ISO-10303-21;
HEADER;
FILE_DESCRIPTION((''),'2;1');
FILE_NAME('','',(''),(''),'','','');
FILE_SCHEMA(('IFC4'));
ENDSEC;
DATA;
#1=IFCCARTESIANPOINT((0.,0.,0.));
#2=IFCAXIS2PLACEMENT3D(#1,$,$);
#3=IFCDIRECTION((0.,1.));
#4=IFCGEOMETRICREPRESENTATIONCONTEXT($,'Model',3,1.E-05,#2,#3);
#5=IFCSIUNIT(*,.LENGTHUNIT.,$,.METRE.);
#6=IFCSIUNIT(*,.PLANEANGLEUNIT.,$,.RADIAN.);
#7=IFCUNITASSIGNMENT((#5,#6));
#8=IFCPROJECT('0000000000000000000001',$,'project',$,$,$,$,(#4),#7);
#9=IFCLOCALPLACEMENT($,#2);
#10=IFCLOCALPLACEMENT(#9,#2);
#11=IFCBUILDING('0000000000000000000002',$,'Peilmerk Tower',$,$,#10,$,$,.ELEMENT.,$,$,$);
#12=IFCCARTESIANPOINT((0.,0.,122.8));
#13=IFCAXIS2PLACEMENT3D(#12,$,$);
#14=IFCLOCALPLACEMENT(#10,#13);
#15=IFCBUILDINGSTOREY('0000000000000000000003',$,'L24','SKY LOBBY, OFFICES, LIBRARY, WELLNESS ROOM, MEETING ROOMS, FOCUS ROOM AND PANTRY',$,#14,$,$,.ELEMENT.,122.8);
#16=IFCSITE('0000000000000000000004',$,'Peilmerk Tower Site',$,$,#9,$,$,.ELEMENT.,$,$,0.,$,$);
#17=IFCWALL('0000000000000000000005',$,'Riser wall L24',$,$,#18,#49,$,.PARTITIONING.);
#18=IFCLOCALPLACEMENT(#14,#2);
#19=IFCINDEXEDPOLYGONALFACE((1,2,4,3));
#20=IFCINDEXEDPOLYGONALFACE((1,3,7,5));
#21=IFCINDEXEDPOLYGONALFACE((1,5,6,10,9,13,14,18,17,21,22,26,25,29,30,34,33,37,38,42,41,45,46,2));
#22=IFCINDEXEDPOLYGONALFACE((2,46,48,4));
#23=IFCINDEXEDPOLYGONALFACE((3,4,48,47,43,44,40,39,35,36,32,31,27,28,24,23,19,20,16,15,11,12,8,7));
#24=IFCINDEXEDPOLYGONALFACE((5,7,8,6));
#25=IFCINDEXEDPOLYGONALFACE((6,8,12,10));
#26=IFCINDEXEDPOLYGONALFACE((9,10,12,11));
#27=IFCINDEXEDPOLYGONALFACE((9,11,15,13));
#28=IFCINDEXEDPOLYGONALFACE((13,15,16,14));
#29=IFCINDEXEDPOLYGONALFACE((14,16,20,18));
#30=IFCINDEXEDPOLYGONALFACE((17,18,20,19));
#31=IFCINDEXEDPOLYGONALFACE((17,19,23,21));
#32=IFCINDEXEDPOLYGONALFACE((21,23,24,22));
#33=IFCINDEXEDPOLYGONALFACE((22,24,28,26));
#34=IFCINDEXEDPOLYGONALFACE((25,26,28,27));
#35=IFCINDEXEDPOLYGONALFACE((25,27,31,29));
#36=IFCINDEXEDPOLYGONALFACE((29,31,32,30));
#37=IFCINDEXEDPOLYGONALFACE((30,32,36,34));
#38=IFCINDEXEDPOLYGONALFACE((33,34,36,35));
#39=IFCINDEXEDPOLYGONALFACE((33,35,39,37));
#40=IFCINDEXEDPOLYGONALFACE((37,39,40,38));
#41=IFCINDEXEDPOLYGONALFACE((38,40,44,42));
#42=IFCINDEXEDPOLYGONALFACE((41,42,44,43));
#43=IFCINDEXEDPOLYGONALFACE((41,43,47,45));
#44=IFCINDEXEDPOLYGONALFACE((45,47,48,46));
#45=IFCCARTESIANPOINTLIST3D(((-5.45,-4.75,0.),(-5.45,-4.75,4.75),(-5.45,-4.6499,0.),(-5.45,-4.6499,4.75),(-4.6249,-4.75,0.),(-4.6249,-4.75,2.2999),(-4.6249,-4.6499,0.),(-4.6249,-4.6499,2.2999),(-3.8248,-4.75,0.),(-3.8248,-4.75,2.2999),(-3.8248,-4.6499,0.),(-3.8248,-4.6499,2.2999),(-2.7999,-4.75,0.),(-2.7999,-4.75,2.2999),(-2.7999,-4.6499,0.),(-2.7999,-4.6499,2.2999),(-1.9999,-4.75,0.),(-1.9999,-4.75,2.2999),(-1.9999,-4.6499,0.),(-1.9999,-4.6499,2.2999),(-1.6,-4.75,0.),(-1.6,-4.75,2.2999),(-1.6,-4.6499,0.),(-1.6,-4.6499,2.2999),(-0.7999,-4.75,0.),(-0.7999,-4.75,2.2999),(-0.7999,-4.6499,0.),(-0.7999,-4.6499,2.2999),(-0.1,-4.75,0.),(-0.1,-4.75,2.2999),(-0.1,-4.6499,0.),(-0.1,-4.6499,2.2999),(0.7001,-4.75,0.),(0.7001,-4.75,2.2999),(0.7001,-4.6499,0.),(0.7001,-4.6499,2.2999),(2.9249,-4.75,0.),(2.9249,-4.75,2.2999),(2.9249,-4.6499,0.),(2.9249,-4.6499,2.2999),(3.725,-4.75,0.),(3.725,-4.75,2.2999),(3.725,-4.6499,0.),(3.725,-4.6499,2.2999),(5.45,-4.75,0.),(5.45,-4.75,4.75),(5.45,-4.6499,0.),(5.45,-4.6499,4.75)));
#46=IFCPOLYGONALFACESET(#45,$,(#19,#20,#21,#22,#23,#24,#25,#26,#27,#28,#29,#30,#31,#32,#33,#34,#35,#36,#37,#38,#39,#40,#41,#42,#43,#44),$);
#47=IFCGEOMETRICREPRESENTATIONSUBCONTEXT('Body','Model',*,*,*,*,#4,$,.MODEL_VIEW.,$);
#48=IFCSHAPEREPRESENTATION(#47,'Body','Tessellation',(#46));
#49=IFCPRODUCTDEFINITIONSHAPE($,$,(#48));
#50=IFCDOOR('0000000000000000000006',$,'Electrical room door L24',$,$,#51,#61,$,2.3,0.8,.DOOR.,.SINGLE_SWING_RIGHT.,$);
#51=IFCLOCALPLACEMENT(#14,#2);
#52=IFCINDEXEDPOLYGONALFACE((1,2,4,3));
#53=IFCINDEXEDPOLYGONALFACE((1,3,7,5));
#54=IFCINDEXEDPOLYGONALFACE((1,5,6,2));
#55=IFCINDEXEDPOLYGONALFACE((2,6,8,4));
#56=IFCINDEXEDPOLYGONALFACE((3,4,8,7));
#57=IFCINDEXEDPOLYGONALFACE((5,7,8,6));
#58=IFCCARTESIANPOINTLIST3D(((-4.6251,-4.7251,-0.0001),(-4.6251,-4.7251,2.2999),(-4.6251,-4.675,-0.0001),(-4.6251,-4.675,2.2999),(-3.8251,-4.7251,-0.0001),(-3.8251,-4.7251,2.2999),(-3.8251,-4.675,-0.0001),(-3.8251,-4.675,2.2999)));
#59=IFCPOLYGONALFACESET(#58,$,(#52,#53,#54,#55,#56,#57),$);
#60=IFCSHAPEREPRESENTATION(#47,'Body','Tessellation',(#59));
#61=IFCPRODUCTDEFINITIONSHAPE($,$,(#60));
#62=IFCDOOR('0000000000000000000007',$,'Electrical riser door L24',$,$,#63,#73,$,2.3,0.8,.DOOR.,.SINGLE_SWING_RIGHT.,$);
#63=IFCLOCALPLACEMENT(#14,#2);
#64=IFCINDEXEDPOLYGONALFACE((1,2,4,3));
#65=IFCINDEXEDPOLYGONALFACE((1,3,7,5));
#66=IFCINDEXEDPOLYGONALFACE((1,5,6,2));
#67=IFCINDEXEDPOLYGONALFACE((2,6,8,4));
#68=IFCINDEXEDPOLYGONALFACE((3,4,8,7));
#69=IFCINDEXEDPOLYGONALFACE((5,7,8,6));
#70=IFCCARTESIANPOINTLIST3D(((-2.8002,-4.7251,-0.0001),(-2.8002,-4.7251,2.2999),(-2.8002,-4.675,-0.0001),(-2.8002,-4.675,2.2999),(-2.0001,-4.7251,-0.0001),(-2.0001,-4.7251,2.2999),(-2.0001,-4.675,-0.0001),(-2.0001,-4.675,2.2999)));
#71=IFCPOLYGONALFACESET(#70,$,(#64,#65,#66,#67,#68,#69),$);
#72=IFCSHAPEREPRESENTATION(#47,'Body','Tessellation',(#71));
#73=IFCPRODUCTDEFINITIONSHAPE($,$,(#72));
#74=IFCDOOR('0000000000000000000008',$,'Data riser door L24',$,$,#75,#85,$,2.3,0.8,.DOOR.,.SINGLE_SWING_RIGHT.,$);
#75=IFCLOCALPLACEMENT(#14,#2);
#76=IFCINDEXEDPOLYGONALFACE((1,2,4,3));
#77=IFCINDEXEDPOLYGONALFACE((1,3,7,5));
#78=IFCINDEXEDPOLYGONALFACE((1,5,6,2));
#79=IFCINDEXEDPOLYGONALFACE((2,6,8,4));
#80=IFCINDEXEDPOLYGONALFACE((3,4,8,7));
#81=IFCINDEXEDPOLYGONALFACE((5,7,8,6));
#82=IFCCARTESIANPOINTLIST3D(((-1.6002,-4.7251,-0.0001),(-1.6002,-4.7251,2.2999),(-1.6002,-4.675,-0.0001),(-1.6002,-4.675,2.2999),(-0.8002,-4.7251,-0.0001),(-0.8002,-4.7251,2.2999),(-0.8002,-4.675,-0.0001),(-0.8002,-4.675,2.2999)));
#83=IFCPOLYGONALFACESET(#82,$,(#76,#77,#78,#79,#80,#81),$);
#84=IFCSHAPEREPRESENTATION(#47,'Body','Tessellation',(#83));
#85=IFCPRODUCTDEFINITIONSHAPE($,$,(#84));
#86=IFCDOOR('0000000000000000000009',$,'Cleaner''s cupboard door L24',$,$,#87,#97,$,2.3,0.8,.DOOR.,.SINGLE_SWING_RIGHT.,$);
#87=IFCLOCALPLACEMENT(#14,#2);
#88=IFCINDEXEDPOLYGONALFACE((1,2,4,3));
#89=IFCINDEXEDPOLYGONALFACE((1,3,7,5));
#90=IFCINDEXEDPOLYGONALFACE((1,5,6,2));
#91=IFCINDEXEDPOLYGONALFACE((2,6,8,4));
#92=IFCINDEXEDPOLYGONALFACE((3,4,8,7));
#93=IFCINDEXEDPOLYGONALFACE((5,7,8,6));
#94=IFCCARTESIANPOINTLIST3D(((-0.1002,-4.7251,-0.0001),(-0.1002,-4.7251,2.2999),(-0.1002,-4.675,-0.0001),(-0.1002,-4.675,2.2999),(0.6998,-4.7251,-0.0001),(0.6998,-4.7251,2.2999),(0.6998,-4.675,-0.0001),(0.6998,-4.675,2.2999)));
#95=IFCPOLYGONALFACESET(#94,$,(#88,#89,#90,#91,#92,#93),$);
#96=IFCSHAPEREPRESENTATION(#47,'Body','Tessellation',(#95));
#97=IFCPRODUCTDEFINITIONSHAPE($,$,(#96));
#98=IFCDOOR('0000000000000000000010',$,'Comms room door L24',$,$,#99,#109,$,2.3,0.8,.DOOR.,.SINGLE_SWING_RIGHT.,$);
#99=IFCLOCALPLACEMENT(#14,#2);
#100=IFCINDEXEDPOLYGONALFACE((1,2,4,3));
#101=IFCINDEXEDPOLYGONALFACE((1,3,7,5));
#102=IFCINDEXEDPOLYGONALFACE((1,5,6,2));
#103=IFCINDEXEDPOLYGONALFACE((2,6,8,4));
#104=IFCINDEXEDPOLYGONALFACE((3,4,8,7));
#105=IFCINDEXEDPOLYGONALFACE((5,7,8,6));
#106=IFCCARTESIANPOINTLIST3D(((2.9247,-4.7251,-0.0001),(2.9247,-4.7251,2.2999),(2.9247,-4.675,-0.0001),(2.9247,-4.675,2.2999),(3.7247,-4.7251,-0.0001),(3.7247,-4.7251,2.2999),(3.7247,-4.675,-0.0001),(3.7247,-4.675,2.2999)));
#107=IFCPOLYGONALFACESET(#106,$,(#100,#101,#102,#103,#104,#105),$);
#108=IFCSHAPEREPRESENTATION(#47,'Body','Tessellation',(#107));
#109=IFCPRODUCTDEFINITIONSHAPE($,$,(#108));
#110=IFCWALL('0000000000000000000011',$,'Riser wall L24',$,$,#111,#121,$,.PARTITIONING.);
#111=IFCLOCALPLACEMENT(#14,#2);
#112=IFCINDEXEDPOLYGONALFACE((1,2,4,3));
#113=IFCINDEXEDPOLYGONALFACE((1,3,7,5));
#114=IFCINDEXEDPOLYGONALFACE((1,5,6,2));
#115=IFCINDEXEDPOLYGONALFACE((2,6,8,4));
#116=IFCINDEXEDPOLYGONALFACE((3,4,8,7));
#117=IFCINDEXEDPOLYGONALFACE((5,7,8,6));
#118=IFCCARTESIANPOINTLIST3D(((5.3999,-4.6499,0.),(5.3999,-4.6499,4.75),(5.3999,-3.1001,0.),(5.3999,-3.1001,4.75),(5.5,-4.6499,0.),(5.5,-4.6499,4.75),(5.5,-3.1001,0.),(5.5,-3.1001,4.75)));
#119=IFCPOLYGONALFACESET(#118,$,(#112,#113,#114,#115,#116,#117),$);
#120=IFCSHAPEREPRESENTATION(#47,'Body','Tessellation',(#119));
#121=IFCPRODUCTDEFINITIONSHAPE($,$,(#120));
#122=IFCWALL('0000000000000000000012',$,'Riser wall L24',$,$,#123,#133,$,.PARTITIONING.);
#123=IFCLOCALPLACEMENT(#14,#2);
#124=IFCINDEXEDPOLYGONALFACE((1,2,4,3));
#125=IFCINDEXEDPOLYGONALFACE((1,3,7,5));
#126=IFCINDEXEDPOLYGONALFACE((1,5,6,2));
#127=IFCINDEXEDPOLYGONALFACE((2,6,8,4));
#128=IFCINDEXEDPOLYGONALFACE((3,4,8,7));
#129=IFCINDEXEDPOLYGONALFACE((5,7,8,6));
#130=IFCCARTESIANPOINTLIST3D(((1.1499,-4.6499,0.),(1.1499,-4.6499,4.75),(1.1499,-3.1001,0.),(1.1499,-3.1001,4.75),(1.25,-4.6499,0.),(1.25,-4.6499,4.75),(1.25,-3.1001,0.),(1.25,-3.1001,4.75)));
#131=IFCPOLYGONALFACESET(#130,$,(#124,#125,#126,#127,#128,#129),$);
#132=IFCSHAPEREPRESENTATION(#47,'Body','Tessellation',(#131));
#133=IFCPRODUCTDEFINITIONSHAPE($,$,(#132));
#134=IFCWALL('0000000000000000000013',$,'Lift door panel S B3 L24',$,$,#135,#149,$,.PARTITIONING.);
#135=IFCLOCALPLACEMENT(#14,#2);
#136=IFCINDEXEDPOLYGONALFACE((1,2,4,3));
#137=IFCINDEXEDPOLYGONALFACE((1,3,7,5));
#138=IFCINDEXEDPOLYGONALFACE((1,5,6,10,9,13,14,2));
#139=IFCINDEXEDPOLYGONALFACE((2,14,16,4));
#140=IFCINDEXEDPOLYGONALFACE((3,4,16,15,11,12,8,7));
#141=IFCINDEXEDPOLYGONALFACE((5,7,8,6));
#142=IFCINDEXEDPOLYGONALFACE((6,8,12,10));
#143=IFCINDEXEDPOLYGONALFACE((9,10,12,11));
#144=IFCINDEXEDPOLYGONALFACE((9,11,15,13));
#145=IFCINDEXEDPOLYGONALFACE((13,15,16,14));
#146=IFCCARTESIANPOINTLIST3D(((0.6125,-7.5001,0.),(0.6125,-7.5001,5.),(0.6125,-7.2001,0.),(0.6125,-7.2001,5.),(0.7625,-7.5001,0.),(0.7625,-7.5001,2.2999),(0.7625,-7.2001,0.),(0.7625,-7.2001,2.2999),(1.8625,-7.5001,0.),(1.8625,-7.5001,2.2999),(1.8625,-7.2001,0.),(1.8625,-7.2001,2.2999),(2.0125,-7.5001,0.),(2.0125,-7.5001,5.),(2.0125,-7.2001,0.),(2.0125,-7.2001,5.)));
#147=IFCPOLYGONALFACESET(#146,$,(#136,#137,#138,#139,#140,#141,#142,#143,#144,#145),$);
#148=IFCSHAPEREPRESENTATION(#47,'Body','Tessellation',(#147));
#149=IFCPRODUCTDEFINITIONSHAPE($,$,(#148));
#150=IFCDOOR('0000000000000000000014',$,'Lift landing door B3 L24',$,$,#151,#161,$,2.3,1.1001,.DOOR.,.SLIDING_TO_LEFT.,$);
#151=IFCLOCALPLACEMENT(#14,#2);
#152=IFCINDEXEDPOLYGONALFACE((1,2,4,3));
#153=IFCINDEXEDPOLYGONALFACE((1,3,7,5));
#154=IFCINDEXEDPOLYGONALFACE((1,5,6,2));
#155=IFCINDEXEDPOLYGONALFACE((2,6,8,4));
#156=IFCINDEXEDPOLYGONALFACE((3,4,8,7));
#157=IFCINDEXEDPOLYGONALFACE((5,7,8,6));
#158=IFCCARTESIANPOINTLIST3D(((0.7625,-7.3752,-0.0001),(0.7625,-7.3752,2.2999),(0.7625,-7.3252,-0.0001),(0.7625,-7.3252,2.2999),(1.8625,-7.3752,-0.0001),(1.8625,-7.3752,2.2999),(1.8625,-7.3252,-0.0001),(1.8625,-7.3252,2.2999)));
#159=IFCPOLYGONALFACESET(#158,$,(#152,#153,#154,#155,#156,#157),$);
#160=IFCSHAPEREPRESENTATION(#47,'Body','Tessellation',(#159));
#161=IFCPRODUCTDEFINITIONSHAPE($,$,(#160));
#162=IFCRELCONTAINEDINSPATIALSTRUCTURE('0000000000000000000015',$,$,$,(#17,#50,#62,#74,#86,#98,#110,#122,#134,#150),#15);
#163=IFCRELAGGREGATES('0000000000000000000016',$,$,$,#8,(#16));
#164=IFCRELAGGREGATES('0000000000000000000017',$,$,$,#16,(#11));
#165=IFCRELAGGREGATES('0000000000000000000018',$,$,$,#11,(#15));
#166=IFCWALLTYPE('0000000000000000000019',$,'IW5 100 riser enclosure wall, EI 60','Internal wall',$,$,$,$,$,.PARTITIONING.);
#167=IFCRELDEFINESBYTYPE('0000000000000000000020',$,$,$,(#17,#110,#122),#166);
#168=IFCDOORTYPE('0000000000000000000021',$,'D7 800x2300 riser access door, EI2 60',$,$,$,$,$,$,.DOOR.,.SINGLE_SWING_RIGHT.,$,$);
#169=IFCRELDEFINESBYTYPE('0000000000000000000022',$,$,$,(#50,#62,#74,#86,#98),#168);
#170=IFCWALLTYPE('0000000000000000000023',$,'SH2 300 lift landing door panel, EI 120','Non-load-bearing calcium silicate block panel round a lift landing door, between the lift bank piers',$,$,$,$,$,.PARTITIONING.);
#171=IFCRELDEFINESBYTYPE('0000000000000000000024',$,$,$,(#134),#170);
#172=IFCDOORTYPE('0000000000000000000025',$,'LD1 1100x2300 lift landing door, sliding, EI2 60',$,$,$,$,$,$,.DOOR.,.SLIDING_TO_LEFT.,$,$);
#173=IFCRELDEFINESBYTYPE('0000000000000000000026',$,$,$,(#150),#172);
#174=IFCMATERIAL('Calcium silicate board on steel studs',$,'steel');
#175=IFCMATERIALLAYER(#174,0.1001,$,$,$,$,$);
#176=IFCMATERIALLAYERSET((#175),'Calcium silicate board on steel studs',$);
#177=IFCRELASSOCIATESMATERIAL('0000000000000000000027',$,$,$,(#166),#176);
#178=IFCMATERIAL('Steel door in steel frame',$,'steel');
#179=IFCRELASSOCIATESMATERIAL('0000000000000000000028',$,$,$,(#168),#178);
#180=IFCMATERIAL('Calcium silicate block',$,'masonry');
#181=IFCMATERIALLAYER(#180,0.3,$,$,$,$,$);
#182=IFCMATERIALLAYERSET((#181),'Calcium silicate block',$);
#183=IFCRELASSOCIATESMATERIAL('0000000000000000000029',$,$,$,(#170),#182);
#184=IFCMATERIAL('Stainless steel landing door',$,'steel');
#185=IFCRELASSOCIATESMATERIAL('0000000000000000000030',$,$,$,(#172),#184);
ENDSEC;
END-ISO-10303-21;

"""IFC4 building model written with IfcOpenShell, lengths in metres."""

from ifc_helpers import new_model, si_unit, direction, frame, frame_2d, origin, place, context, subcontext, project, spatial, rectangle, extrude, material, layer, layer_set, type_object, element, fill, save


model = new_model("IFC4")

# Units and contexts
model_context = context("Model", 3, precision=1e-05, world=origin(), true_north=direction((0.0, 1.0)))
body_context = subcontext(model_context, "Body", "Model", "MODEL_VIEW")
ifc_project = project(units=[si_unit("LENGTHUNIT", "METRE"), si_unit("PLANEANGLEUNIT", "RADIAN")], contexts=[model_context])

# Site, building, storey
site_placement = place(None, origin())
site = spatial("IfcSite", under=ifc_project, at=site_placement, Name="Peilmerk Tower Site", CompositionType="ELEMENT", RefElevation=0.0)
building_placement = place(site_placement, origin())
building = spatial("IfcBuilding", under=site, at=building_placement, Name="Peilmerk Tower", CompositionType="ELEMENT")
storey_placement = place(building_placement, frame((0.0, 0.0, 122.8)))
storey = spatial("IfcBuildingStorey", under=building, at=storey_placement, Name="L24", Description="SKY LOBBY, OFFICES, LIBRARY, WELLNESS ROOM, MEETING ROOMS, FOCUS ROOM AND PANTRY", CompositionType="ELEMENT", Elevation=122.8)

# Shared definitions
ifc_material_1 = material(Name="Calcium silicate board on steel studs", Category="steel")
ifc_layer_1 = layer(ifc_material_1, 0.1001)
ifc_layer_set_1 = layer_set([ifc_layer_1], Name="Calcium silicate board on steel studs")
wall_type_1 = type_object("IfcWallType", Name="IW5 100 riser enclosure wall, EI 60", Description="Internal wall", PredefinedType="PARTITIONING", material=ifc_layer_set_1)

# Wall, openings, doors
wall_1_placement = place(storey_placement, frame((5.45, -4.7, 0.0), z_axis=(0.0, 0.0, 1.0), x_axis=(-1.0, 0.0, 0.0)))
wall_1 = element("IfcWall", 1, at=wall_1_placement, inside=storey, type_object=wall_type_1, Name="Riser wall L24", PredefinedType="PARTITIONING", context=body_context, shape_type="SweptSolid", body=[
    extrude(rectangle(XDim=10.8999, YDim=0.1001, at=frame_2d((5.45, 0.0))), origin(), (0.0, 0.0, 1.0), 4.75),
])
opening_1_placement = place(wall_1_placement, frame((9.2749, 0.0, 0.0)))
opening_1 = element("IfcOpeningElement", 2, at=opening_1_placement, cuts=wall_1, PredefinedType="OPENING", context=body_context, shape_type="SweptSolid", body=[
    extrude(rectangle(XDim=0.8, YDim=2.3, at=frame_2d((0.3999, 1.1499))), frame((0.0, 0.0601, 0.0), z_axis=(0.0, -1.0, 0.0), x_axis=(1.0, 0.0, 0.0)), (0.0, 0.0, 1.0), 0.1201),
])
opening_2_placement = place(wall_1_placement, frame((7.45, 0.0, 0.0)))
opening_2 = element("IfcOpeningElement", 3, at=opening_2_placement, cuts=wall_1, PredefinedType="OPENING", context=body_context, shape_type="SweptSolid", body=[
    extrude(rectangle(XDim=0.8, YDim=2.3, at=frame_2d((0.3999, 1.1499))), frame((0.0, 0.0601, 0.0), z_axis=(0.0, -1.0, 0.0), x_axis=(1.0, 0.0, 0.0)), (0.0, 0.0, 1.0), 0.1201),
])
opening_3_placement = place(wall_1_placement, frame((6.25, 0.0, 0.0)))
opening_3 = element("IfcOpeningElement", 4, at=opening_3_placement, cuts=wall_1, PredefinedType="OPENING", context=body_context, shape_type="SweptSolid", body=[
    extrude(rectangle(XDim=0.8, YDim=2.3, at=frame_2d((0.3999, 1.1499))), frame((0.0, 0.0601, 0.0), z_axis=(0.0, -1.0, 0.0), x_axis=(1.0, 0.0, 0.0)), (0.0, 0.0, 1.0), 0.1201),
])
opening_4_placement = place(wall_1_placement, frame((4.75, 0.0, 0.0)))
opening_4 = element("IfcOpeningElement", 5, at=opening_4_placement, cuts=wall_1, PredefinedType="OPENING", context=body_context, shape_type="SweptSolid", body=[
    extrude(rectangle(XDim=0.8, YDim=2.3, at=frame_2d((0.3999, 1.1499))), frame((0.0, 0.0601, 0.0), z_axis=(0.0, -1.0, 0.0), x_axis=(1.0, 0.0, 0.0)), (0.0, 0.0, 1.0), 0.1201),
])
opening_5_placement = place(wall_1_placement, frame((1.7251, 0.0, 0.0)))
opening_5 = element("IfcOpeningElement", 6, at=opening_5_placement, cuts=wall_1, PredefinedType="OPENING", context=body_context, shape_type="SweptSolid", body=[
    extrude(rectangle(XDim=0.8, YDim=2.3, at=frame_2d((0.3999, 1.1499))), frame((0.0, 0.0601, 0.0), z_axis=(0.0, -1.0, 0.0), x_axis=(1.0, 0.0, 0.0)), (0.0, 0.0, 1.0), 0.1201),
])
ifc_material_2 = material(Name="Steel door in steel frame", Category="steel")
door_type_1 = type_object("IfcDoorType", Name="D7 800x2300 riser access door, EI2 60", OperationType="SINGLE_SWING_RIGHT", PredefinedType="DOOR", material=ifc_material_2)
door_1_placement = place(opening_1_placement, frame((0.8, 0.0, 0.0), z_axis=(0.0, 0.0, 1.0), x_axis=(-1.0, 0.0, 0.0)))
door_1 = element("IfcDoor", 7, at=door_1_placement, inside=storey, type_object=door_type_1, Name="Electrical room door L24", OperationType="SINGLE_SWING_RIGHT", OverallHeight=2.3, OverallWidth=0.8, PredefinedType="DOOR", context=body_context, shape_type="SweptSolid", body=[
    extrude(rectangle(XDim=0.8, YDim=2.3, at=frame_2d((0.3999, 1.1499))), frame((0.0, 0.0249, 0.0), z_axis=(0.0, -1.0, 0.0), x_axis=(1.0, 0.0, 0.0)), (0.0, 0.0, 1.0), 0.05),
])
fill(opening_1, door_1)
door_2_placement = place(opening_2_placement, frame((0.8, 0.0, 0.0), z_axis=(0.0, 0.0, 1.0), x_axis=(-1.0, 0.0, 0.0)))
door_2 = element("IfcDoor", 8, at=door_2_placement, inside=storey, type_object=door_type_1, Name="Electrical riser door L24", OperationType="SINGLE_SWING_RIGHT", OverallHeight=2.3, OverallWidth=0.8, PredefinedType="DOOR", context=body_context, shape_type="SweptSolid", body=[
    extrude(rectangle(XDim=0.8, YDim=2.3, at=frame_2d((0.3999, 1.1499))), frame((0.0, 0.0249, 0.0), z_axis=(0.0, -1.0, 0.0), x_axis=(1.0, 0.0, 0.0)), (0.0, 0.0, 1.0), 0.05),
])
fill(opening_2, door_2)
door_3_placement = place(opening_3_placement, frame((0.8, 0.0, 0.0), z_axis=(0.0, 0.0, 1.0), x_axis=(-1.0, 0.0, 0.0)))
door_3 = element("IfcDoor", 9, at=door_3_placement, inside=storey, type_object=door_type_1, Name="Data riser door L24", OperationType="SINGLE_SWING_RIGHT", OverallHeight=2.3, OverallWidth=0.8, PredefinedType="DOOR", context=body_context, shape_type="SweptSolid", body=[
    extrude(rectangle(XDim=0.8, YDim=2.3, at=frame_2d((0.3999, 1.1499))), frame((0.0, 0.0249, 0.0), z_axis=(0.0, -1.0, 0.0), x_axis=(1.0, 0.0, 0.0)), (0.0, 0.0, 1.0), 0.05),
])
fill(opening_3, door_3)
door_4_placement = place(opening_4_placement, frame((0.8, 0.0, 0.0), z_axis=(0.0, 0.0, 1.0), x_axis=(-1.0, 0.0, 0.0)))
door_4 = element("IfcDoor", 10, at=door_4_placement, inside=storey, type_object=door_type_1, Name="Cleaner's cupboard door L24", OperationType="SINGLE_SWING_RIGHT", OverallHeight=2.3, OverallWidth=0.8, PredefinedType="DOOR", context=body_context, shape_type="SweptSolid", body=[
    extrude(rectangle(XDim=0.8, YDim=2.3, at=frame_2d((0.3999, 1.1499))), frame((0.0, 0.0249, 0.0), z_axis=(0.0, -1.0, 0.0), x_axis=(1.0, 0.0, 0.0)), (0.0, 0.0, 1.0), 0.05),
])
fill(opening_4, door_4)
door_5_placement = place(opening_5_placement, frame((0.8, 0.0, 0.0), z_axis=(0.0, 0.0, 1.0), x_axis=(-1.0, 0.0, 0.0)))
door_5 = element("IfcDoor", 11, at=door_5_placement, inside=storey, type_object=door_type_1, Name="Comms room door L24", OperationType="SINGLE_SWING_RIGHT", OverallHeight=2.3, OverallWidth=0.8, PredefinedType="DOOR", context=body_context, shape_type="SweptSolid", body=[
    extrude(rectangle(XDim=0.8, YDim=2.3, at=frame_2d((0.3999, 1.1499))), frame((0.0, 0.0249, 0.0), z_axis=(0.0, -1.0, 0.0), x_axis=(1.0, 0.0, 0.0)), (0.0, 0.0, 1.0), 0.05),
])
fill(opening_5, door_5)

# Walls
for number, where, z_axis, x_axis, name in (
    (12, (5.45, -3.1001, 0.0), (0.0, 0.0, 1.0), (0.0, -1.0, 0.0), "Riser wall L24"),
    (13, (1.2, -3.1001, 0.0), (0.0, 0.0, 1.0), (0.0, -1.0, 0.0), "Riser wall L24"),
):
    element("IfcWall", number, at=place(storey_placement, frame(where, z_axis=z_axis, x_axis=x_axis)), inside=storey, type_object=wall_type_1, Name=name, PredefinedType="PARTITIONING", context=body_context, shape_type="SweptSolid", body=[
        extrude(rectangle(XDim=1.5498, YDim=0.1001, at=frame_2d((0.7749, 0.0))), origin(), (0.0, 0.0, 1.0), 4.75),
    ])

# Wall, opening, door
ifc_material_3 = material(Name="Calcium silicate block", Category="masonry")
ifc_layer_2 = layer(ifc_material_3, 0.3)
ifc_layer_set_2 = layer_set([ifc_layer_2], Name="Calcium silicate block")
wall_type_2 = type_object("IfcWallType", Name="SH2 300 lift landing door panel, EI 120", Description="Non-load-bearing calcium silicate block panel round a lift landing door, between the lift bank piers", PredefinedType="PARTITIONING", material=ifc_layer_set_2)
wall_2_placement = place(storey_placement, frame((0.6125, -7.3501, 0.0), z_axis=(0.0, 0.0, 1.0), x_axis=(1.0, 0.0, 0.0)))
wall_2 = element("IfcWall", 14, at=wall_2_placement, inside=storey, type_object=wall_type_2, Name="Lift door panel S B3 L24", PredefinedType="PARTITIONING", context=body_context, shape_type="SweptSolid", body=[
    extrude(rectangle(XDim=1.3999, YDim=0.3, at=frame_2d((0.7, 0.0))), origin(), (0.0, 0.0, 1.0), 5.0),
])
opening_6_placement = place(wall_2_placement, frame((0.1499, 0.0, 0.0)))
opening_6 = element("IfcOpeningElement", 15, at=opening_6_placement, cuts=wall_2, PredefinedType="OPENING", context=body_context, shape_type="SweptSolid", body=[
    extrude(rectangle(XDim=1.1001, YDim=2.3, at=frame_2d((0.55, 1.1499))), frame((0.0, 0.1599, 0.0), z_axis=(0.0, -1.0, 0.0), x_axis=(1.0, 0.0, 0.0)), (0.0, 0.0, 1.0), 0.3201),
])
ifc_material_4 = material(Name="Stainless steel landing door", Category="steel")
door_type_2 = type_object("IfcDoorType", Name="LD1 1100x2300 lift landing door, sliding, EI2 60", OperationType="SLIDING_TO_LEFT", PredefinedType="DOOR", material=ifc_material_4)
door_6_placement = place(opening_6_placement, origin())
door_6 = element("IfcDoor", 16, at=door_6_placement, inside=storey, type_object=door_type_2, Name="Lift landing door B3 L24", OperationType="SLIDING_TO_LEFT", OverallHeight=2.3, OverallWidth=1.1001, PredefinedType="DOOR", context=body_context, shape_type="SweptSolid", body=[
    extrude(rectangle(XDim=1.1001, YDim=2.3, at=frame_2d((0.55, 1.1499))), frame((0.0, 0.0249, 0.0), z_axis=(0.0, -1.0, 0.0), x_axis=(1.0, 0.0, 0.0)), (0.0, 0.0, 1.0), 0.05),
])
fill(opening_6, door_6)

save(model, "model.ifc")
